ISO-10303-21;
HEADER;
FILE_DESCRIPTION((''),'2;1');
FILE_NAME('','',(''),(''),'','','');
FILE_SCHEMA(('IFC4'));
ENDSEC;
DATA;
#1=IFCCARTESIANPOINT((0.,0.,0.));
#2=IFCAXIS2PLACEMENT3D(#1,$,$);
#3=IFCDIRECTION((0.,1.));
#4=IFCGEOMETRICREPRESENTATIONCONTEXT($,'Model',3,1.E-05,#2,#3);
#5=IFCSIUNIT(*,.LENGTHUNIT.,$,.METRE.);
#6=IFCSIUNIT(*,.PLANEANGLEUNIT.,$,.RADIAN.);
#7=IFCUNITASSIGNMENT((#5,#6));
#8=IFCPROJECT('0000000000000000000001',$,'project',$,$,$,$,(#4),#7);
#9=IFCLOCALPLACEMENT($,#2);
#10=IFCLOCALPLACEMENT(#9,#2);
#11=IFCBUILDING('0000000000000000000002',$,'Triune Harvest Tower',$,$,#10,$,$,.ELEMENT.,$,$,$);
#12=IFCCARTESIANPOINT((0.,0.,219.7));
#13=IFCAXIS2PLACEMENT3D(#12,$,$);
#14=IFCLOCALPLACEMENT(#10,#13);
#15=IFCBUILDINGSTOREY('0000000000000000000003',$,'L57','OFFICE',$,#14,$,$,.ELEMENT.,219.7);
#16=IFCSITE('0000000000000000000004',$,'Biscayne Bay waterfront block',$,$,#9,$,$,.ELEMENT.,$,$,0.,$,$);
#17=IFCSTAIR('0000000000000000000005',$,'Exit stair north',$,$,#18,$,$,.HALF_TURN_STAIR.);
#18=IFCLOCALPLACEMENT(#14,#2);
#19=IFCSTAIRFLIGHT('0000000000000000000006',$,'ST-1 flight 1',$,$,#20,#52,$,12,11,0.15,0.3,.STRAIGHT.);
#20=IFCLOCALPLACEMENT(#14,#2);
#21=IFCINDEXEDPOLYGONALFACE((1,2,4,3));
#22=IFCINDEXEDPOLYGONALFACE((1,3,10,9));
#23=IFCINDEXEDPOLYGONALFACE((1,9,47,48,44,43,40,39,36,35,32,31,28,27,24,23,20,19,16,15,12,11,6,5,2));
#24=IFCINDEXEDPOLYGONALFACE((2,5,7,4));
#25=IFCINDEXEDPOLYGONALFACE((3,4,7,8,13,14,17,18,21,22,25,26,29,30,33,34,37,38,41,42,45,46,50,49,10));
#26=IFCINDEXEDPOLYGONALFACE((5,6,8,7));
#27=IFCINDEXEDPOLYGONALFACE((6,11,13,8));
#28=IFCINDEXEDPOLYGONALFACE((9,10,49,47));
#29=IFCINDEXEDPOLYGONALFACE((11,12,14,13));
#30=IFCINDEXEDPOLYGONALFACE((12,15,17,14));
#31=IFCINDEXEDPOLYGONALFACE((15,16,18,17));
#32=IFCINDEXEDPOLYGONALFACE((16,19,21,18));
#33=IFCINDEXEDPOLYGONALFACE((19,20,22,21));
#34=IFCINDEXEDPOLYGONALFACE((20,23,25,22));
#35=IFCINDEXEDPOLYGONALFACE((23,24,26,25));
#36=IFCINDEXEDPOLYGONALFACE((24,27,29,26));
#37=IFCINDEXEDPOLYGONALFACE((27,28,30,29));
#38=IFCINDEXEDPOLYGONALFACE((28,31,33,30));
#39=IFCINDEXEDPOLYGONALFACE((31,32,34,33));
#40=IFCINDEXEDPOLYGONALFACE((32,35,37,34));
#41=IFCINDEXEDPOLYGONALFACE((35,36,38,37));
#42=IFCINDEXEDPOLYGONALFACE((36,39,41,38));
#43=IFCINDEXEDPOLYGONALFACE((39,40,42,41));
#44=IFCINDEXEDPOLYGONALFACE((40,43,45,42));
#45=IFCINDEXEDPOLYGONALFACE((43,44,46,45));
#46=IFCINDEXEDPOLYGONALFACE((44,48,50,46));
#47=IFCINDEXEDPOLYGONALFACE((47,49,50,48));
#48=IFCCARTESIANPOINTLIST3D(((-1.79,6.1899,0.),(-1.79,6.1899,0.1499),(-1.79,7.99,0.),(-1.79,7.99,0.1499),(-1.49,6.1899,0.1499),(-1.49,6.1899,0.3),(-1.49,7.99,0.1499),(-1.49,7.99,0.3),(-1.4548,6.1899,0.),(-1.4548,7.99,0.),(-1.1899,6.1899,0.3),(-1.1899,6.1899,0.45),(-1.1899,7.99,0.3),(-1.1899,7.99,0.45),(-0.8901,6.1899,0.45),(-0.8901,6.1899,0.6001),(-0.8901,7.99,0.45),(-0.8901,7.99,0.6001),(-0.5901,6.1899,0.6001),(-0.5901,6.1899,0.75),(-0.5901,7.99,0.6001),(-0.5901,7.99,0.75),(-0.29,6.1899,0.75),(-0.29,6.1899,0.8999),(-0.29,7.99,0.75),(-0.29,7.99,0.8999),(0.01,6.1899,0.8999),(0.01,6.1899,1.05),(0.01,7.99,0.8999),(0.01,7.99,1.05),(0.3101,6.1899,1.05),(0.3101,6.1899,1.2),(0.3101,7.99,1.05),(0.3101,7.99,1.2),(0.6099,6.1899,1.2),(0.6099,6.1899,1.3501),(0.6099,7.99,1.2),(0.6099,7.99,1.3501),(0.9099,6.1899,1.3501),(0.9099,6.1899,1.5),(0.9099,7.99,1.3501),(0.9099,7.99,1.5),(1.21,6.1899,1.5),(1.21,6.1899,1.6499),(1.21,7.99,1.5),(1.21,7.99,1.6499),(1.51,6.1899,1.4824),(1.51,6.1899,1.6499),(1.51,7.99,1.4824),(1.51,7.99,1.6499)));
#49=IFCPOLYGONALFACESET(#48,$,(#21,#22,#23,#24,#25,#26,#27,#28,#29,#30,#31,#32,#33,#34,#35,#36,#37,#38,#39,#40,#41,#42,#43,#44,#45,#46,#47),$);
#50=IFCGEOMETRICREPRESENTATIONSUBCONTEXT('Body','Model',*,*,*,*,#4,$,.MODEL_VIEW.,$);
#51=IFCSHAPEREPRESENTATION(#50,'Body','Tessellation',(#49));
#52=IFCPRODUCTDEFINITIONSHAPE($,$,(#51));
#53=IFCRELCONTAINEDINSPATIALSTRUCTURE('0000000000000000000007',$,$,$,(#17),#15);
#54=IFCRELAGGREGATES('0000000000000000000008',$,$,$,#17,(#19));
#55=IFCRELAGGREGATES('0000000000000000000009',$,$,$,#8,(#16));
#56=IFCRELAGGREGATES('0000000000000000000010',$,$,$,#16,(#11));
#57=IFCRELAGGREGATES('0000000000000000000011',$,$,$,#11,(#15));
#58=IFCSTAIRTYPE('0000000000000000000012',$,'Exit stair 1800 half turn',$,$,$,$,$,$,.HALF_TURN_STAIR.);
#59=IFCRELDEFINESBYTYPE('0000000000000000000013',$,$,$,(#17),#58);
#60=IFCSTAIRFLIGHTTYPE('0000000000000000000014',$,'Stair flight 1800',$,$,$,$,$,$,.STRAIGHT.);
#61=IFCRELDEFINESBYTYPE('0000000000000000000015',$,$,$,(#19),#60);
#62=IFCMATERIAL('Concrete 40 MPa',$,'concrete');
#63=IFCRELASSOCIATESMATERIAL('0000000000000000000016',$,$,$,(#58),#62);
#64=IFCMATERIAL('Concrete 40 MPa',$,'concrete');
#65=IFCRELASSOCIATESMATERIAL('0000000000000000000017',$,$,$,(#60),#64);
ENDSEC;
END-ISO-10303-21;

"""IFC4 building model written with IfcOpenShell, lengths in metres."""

from ifc_helpers import new_model, si_unit, direction, frame, origin, place, context, subcontext, project, spatial, polyline, outline, extrude, source, transform, mapped, material, type_object, element, aggregate, save


model = new_model("IFC4")

# Units and contexts
model_context = context("Model", 3, precision=1e-05, world=origin(), true_north=direction((0.0, 1.0)))
body_context = subcontext(model_context, "Body", "Model", "MODEL_VIEW")
ifc_project = project(units=[si_unit("LENGTHUNIT", "METRE"), si_unit("PLANEANGLEUNIT", "RADIAN")], contexts=[model_context])

# Site, building, storey
site_placement = place(None, origin())
site = spatial("IfcSite", under=ifc_project, at=site_placement, Name="Biscayne Bay waterfront block", CompositionType="ELEMENT", RefElevation=0.0)
building_placement = place(site_placement, origin())
building = spatial("IfcBuilding", under=site, at=building_placement, Name="Triune Harvest Tower", CompositionType="ELEMENT")
storey_placement = place(building_placement, frame((0.0, 0.0, 219.7)))
storey = spatial("IfcBuildingStorey", under=building, at=storey_placement, Name="L57", Description="OFFICE", CompositionType="ELEMENT", Elevation=219.7)

# Stair, stair flight
ifc_material_1 = material(Name="Concrete 40 MPa", Category="concrete")
stair_type = type_object("IfcStairType", Name="Exit stair 1800 half turn", PredefinedType="HALF_TURN_STAIR", material=ifc_material_1)
stair_placement = place(storey_placement, origin())
stair = element("IfcStair", 1, at=stair_placement, inside=storey, type_object=stair_type, Name="Exit stair north", PredefinedType="HALF_TURN_STAIR")
ifc_material_2 = material(Name="Concrete 40 MPa", Category="concrete")
stair_flight_type = type_object("IfcStairFlightType", Name="Stair flight 1800", PredefinedType="STRAIGHT", material=ifc_material_2)
shared_shape_1 = source(origin(), body_context, "Body", "SweptSolid", [
    extrude(outline(polyline([(0.0, 0.0), (0.0, 0.1499), (0.3, 0.1499), (0.3, 0.3), (0.6001, 0.3), (0.6001, 0.45), (0.8999, 0.45), (0.8999, 0.6001), (1.2, 0.6001), (1.2, 0.75), (1.5, 0.75), (1.5, 0.8999), (1.8, 0.8999), (1.8, 1.05), (2.1001, 1.05), (2.1001, 1.2), (2.3999, 1.2), (2.3999, 1.3501), (2.7, 1.3501), (2.7, 1.5), (3.0, 1.5), (3.0, 1.6499), (3.3, 1.6499), (3.3, 1.8), (3.3, 1.4824), (0.3352, 0.0), (0.0, 0.0)])), frame((0.0, 0.8999, 0.0), z_axis=(0.0, -1.0, 0.0), x_axis=(1.0, 0.0, 0.0)), (0.0, 0.0, 1.0), 1.8),
])
stair_flight_placement = place(storey_placement, frame((-1.79, 7.0901, 0.0), z_axis=(0.0, 0.0, 1.0), x_axis=(1.0, 0.0, 0.0)))
stair_flight = element("IfcStairFlight", 2, at=stair_flight_placement, type_object=stair_flight_type, Name="ST-1 flight 1", NumberOfRisers=12, NumberOfTreads=11, PredefinedType="STRAIGHT", RiserHeight=0.15, TreadLength=0.3, context=body_context, shape_type="MappedRepresentation", body=[
    mapped(shared_shape_1, transform((0.0, 0.0, 0.0), scale=1.0)),
])
aggregate(stair, [stair_flight])

save(model, "model.ifc")
